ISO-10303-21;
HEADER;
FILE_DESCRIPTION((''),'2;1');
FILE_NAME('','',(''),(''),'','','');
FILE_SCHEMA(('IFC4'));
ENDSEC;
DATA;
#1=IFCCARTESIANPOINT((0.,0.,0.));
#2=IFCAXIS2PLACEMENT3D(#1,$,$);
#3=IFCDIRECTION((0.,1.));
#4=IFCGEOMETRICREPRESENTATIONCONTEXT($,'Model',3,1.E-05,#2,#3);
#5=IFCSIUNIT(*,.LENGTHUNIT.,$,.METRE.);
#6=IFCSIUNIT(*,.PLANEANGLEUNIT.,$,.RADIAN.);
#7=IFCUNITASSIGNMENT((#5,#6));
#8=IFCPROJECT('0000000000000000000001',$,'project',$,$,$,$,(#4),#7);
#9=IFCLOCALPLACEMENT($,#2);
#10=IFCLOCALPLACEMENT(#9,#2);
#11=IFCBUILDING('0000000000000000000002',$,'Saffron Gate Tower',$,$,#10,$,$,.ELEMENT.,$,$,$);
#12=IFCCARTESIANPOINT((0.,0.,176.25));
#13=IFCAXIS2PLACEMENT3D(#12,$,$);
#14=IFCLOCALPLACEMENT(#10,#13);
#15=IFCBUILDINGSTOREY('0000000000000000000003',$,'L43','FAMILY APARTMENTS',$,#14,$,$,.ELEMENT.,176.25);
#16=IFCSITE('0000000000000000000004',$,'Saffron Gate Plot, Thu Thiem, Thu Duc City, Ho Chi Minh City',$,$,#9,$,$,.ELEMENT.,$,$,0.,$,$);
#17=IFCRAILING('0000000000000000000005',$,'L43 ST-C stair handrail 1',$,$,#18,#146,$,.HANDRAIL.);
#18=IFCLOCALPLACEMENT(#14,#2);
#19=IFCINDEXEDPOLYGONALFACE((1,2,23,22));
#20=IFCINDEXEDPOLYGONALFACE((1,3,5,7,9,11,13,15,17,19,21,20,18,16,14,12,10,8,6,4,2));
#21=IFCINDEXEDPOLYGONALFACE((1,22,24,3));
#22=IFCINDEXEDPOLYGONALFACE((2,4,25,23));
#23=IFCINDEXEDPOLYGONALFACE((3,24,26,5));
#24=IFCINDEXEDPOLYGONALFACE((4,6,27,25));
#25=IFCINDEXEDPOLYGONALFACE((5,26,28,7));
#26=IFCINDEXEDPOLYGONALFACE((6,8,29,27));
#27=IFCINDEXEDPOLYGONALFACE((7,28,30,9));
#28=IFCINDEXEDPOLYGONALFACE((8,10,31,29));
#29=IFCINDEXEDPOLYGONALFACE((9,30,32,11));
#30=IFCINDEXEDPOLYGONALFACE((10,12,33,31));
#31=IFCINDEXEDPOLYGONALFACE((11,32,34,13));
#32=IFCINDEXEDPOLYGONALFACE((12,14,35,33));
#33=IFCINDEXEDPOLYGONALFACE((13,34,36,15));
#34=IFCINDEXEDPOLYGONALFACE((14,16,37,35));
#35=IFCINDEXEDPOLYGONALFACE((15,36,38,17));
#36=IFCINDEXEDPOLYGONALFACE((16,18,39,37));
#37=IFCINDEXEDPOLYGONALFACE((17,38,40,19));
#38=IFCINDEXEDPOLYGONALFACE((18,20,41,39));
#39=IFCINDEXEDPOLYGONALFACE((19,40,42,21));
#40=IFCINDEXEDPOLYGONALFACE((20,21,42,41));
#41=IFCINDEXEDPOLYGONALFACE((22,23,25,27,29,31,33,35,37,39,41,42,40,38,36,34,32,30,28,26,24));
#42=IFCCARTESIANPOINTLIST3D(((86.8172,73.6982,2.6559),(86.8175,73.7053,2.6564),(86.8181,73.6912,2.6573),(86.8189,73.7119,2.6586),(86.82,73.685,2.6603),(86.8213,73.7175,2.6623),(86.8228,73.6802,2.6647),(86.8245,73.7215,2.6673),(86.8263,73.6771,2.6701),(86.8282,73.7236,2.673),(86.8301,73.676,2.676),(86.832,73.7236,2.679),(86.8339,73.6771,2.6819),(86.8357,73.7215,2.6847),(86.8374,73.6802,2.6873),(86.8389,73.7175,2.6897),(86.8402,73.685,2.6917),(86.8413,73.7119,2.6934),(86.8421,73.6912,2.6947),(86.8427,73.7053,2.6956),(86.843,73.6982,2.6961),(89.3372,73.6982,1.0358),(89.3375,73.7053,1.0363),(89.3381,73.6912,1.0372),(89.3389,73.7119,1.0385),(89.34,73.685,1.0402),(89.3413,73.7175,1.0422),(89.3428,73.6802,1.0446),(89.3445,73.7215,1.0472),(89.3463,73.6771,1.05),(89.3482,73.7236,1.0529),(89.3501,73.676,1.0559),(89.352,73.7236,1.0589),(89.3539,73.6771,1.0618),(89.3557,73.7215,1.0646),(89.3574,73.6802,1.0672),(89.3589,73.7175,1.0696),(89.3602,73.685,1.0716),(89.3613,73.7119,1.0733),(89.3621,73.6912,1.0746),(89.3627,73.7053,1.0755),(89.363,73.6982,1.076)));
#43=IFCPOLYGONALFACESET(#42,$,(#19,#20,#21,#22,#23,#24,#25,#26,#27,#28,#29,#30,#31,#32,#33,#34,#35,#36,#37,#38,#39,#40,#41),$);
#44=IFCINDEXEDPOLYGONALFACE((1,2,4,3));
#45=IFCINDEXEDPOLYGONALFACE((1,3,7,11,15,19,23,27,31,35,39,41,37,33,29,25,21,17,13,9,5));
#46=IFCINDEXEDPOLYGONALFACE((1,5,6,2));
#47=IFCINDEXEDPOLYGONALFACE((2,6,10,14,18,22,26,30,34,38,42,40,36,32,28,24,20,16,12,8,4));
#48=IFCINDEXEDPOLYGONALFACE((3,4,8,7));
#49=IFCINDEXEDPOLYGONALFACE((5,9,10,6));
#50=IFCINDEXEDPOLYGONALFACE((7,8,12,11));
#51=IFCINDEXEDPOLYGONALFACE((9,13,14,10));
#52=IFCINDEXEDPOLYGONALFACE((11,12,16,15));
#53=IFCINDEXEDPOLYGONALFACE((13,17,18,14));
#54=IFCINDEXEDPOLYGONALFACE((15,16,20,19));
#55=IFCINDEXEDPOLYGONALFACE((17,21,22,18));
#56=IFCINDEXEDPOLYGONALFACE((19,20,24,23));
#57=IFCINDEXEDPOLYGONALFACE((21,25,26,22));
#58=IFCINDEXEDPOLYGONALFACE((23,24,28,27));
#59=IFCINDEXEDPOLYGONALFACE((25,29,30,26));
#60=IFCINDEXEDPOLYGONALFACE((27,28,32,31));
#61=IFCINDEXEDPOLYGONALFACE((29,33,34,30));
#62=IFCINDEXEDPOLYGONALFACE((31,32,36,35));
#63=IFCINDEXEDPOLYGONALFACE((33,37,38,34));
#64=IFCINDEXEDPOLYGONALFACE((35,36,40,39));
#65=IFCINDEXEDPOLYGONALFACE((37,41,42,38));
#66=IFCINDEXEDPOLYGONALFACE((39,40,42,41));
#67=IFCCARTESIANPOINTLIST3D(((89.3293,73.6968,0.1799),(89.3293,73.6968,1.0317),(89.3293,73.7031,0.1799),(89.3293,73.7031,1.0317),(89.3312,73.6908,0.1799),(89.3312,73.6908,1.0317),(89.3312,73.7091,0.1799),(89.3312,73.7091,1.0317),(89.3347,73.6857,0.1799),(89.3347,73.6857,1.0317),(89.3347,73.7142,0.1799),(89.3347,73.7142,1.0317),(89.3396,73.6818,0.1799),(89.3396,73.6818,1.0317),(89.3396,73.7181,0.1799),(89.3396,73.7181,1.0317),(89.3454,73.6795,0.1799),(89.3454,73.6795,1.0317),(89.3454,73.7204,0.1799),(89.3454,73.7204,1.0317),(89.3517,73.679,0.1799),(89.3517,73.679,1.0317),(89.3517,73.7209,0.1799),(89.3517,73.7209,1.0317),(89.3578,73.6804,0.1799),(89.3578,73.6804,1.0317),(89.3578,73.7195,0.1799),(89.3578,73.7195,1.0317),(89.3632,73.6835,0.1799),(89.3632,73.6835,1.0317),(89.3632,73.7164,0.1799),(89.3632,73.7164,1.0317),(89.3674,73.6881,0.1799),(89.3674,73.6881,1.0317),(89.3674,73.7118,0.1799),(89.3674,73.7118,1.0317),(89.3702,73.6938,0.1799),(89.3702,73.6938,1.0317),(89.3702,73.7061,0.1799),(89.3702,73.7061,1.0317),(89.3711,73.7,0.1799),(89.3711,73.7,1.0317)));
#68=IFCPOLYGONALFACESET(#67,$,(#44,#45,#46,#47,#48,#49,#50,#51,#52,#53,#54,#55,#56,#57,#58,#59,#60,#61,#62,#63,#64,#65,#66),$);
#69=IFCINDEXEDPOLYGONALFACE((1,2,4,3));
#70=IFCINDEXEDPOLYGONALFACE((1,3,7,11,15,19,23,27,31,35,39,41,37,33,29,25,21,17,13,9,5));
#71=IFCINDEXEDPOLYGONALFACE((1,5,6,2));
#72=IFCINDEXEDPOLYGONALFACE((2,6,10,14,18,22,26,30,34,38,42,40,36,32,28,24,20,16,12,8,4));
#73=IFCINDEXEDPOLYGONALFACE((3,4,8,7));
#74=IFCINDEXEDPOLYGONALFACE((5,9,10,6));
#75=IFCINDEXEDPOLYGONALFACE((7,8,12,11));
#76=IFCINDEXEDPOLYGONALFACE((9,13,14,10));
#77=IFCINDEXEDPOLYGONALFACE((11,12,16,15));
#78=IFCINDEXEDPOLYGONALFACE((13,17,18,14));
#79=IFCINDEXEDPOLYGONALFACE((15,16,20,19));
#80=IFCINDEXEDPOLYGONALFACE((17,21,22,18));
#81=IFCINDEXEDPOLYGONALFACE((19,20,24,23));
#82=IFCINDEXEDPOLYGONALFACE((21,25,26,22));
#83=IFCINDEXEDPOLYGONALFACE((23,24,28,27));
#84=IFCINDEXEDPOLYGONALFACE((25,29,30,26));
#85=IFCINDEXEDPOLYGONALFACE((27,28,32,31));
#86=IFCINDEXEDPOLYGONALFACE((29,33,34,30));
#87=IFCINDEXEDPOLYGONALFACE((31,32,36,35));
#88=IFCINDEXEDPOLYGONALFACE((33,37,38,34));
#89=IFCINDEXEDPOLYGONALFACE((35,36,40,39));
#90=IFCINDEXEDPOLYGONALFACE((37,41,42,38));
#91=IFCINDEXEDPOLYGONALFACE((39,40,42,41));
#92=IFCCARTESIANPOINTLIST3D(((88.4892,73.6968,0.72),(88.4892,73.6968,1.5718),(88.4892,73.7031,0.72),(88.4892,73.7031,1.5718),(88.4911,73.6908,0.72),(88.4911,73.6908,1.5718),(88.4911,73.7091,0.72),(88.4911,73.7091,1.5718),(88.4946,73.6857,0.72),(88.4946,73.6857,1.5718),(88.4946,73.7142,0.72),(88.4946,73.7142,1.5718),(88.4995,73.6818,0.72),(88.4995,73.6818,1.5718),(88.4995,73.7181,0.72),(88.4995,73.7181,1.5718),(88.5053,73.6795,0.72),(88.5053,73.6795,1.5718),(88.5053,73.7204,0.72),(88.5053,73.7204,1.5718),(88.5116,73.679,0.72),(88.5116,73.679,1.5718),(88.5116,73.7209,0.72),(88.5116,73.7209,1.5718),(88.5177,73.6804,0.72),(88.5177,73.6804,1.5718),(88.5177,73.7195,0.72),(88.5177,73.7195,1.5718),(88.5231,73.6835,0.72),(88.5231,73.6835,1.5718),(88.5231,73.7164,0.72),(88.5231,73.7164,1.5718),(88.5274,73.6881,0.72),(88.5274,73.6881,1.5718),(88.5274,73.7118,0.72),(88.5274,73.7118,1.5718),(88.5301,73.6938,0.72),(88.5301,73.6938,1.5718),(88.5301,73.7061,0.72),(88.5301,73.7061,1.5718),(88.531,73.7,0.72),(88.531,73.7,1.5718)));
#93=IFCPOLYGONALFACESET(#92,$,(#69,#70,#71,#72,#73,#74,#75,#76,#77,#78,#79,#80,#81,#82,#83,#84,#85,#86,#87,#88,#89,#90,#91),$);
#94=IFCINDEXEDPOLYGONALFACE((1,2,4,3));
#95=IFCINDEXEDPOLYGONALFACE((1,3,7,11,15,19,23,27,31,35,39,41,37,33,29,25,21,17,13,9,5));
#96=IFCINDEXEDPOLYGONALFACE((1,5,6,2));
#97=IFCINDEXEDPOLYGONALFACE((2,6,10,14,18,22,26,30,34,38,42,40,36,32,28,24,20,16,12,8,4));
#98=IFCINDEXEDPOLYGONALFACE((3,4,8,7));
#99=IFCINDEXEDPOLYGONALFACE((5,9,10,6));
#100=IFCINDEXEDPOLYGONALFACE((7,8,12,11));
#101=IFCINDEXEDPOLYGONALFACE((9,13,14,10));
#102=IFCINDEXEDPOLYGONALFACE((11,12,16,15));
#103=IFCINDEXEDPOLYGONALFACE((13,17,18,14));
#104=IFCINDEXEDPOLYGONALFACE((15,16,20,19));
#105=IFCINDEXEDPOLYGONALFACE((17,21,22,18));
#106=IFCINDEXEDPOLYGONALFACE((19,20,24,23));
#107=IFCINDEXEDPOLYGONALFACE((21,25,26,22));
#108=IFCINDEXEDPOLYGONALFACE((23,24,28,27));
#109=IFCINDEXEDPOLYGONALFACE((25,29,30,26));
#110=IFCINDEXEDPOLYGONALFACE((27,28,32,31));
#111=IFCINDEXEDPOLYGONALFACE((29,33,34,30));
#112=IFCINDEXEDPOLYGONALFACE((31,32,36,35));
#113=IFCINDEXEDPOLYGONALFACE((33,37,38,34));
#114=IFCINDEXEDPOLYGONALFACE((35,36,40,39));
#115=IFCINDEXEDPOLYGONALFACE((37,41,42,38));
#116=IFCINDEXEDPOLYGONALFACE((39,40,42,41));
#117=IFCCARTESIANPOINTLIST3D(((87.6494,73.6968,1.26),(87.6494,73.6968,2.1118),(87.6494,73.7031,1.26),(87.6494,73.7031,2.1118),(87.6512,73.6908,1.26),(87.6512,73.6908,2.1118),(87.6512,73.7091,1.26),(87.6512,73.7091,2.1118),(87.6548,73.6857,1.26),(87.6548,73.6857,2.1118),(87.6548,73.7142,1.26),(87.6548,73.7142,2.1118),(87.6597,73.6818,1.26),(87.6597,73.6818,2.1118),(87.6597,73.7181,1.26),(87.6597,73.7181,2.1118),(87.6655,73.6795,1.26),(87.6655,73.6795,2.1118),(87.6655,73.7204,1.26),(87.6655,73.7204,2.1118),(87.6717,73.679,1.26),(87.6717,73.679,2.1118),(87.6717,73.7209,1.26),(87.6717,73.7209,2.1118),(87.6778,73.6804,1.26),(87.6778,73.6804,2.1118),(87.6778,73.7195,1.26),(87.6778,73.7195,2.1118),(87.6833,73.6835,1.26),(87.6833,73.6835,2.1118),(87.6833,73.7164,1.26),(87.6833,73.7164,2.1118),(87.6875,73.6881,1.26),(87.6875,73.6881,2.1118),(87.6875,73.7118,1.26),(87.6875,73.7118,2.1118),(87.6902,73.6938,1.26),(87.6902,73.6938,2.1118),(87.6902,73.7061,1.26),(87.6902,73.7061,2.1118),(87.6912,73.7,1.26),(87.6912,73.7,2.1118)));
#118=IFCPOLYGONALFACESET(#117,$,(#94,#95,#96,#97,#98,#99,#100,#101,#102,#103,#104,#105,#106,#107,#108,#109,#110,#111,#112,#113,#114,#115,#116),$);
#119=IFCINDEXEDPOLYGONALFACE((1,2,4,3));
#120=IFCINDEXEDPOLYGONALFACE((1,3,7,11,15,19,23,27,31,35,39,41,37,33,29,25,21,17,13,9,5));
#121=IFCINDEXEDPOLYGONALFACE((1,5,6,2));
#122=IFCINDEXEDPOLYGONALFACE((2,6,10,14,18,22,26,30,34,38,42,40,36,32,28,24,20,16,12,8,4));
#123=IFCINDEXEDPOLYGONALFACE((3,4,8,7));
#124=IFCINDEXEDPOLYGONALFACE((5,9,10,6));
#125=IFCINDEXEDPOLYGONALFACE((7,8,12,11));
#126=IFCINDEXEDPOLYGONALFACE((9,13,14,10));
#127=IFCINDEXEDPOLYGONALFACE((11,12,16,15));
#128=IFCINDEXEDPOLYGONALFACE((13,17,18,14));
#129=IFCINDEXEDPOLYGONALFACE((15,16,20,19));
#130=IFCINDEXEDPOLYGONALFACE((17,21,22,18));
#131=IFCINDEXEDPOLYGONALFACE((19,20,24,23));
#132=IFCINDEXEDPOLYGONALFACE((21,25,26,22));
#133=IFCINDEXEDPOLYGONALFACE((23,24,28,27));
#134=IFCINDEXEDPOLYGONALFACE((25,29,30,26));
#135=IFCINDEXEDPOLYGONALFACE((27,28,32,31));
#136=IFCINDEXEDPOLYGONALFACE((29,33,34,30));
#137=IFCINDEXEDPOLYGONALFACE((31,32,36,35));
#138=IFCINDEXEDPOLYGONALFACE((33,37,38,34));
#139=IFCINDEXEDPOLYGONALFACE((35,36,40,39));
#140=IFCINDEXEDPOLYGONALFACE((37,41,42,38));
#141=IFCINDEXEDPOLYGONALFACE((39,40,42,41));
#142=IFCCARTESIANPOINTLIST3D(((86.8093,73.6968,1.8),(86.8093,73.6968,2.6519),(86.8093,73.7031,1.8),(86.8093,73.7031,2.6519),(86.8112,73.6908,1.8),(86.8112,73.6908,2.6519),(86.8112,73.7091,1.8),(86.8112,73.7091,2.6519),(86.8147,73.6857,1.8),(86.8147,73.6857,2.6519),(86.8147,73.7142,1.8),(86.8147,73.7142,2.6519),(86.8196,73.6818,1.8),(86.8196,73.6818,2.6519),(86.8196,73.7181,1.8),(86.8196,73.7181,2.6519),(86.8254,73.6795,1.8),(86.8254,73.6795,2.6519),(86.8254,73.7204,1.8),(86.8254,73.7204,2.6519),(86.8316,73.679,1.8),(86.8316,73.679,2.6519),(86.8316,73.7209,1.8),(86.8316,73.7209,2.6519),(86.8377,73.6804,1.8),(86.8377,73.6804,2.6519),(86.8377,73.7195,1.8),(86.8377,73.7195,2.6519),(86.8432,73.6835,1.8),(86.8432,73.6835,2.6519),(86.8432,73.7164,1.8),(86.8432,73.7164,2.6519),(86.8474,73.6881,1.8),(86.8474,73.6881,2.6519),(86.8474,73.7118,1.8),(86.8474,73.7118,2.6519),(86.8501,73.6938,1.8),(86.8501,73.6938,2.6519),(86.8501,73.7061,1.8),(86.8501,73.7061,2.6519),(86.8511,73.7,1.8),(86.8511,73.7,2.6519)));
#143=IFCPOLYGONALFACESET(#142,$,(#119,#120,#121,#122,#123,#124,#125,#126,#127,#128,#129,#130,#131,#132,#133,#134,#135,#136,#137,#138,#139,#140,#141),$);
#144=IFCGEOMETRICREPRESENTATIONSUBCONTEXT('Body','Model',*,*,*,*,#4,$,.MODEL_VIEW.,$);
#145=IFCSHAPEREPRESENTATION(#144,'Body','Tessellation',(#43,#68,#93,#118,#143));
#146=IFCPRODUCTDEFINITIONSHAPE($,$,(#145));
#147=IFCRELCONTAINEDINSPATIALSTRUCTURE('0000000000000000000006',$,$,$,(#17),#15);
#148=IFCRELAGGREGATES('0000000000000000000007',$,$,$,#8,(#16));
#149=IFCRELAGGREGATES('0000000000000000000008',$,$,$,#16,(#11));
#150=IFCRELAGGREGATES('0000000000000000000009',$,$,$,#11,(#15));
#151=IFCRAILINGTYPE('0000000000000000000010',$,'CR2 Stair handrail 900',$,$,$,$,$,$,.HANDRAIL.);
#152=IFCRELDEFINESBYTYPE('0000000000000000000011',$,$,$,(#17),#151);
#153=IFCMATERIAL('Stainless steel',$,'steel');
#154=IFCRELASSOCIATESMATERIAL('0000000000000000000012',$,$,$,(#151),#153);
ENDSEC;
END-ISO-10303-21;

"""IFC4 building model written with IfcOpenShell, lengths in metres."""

from ifc_helpers import new_model, si_unit, direction, frame, origin, origin_2d, place, context, subcontext, project, spatial, circle, extrude, material, type_object, element, save


model = new_model("IFC4")

# Units and contexts
model_context = context("Model", 3, precision=1e-05, world=origin(), true_north=direction((0.0, 1.0)))
body_context = subcontext(model_context, "Body", "Model", "MODEL_VIEW")
ifc_project = project(units=[si_unit("LENGTHUNIT", "METRE"), si_unit("PLANEANGLEUNIT", "RADIAN")], contexts=[model_context])

# Site, building, storey
site_placement = place(None, origin())
site = spatial("IfcSite", under=ifc_project, at=site_placement, Name="Saffron Gate Plot, Thu Thiem, Thu Duc City, Ho Chi Minh City", CompositionType="ELEMENT", RefElevation=0.0)
building_placement = place(site_placement, origin())
building = spatial("IfcBuilding", under=site, at=building_placement, Name="Saffron Gate Tower", CompositionType="ELEMENT")
storey_placement = place(building_placement, frame((0.0, 0.0, 176.25)))
storey = spatial("IfcBuildingStorey", under=building, at=storey_placement, Name="L43", Description="FAMILY APARTMENTS", CompositionType="ELEMENT", Elevation=176.25)

# Railing
ifc_material_1 = material(Name="Stainless steel", Category="steel")
railing_type_1 = type_object("IfcRailingType", Name="CR2 Stair handrail 900", PredefinedType="HANDRAIL", material=ifc_material_1)
for number, where, name in (
    (1, (89.3501, 73.7, 0.1799), "L43 ST-C stair handrail 1"),
):
    element("IfcRailing", number, at=place(storey_placement, frame(where)), inside=storey, type_object=railing_type_1, Name=name, PredefinedType="HANDRAIL", context=body_context, shape_type="SweptSolid", body=[
        extrude(circle(Radius=0.0239, at=origin_2d()), frame((0.0, 0.0, 0.876), z_axis=(-0.841163, 0.0, 0.540782), x_axis=(0.0, -1.0, 0.0)), (0.0, 0.0, 1.0), 2.9958),
        extrude(circle(Radius=0.021, at=origin_2d()), origin(), (0.0, 0.0, 1.0), 0.8518),
        extrude(circle(Radius=0.021, at=origin_2d()), frame((-0.8401, 0.0, 0.54)), (0.0, 0.0, 1.0), 0.8518),
        extrude(circle(Radius=0.021, at=origin_2d()), frame((-1.6799, 0.0, 1.0801)), (0.0, 0.0, 1.0), 0.8518),
        extrude(circle(Radius=0.021, at=origin_2d()), frame((-2.52, 0.0, 1.6201)), (0.0, 0.0, 1.0), 0.8518),
    ])

save(model, "model.ifc")
